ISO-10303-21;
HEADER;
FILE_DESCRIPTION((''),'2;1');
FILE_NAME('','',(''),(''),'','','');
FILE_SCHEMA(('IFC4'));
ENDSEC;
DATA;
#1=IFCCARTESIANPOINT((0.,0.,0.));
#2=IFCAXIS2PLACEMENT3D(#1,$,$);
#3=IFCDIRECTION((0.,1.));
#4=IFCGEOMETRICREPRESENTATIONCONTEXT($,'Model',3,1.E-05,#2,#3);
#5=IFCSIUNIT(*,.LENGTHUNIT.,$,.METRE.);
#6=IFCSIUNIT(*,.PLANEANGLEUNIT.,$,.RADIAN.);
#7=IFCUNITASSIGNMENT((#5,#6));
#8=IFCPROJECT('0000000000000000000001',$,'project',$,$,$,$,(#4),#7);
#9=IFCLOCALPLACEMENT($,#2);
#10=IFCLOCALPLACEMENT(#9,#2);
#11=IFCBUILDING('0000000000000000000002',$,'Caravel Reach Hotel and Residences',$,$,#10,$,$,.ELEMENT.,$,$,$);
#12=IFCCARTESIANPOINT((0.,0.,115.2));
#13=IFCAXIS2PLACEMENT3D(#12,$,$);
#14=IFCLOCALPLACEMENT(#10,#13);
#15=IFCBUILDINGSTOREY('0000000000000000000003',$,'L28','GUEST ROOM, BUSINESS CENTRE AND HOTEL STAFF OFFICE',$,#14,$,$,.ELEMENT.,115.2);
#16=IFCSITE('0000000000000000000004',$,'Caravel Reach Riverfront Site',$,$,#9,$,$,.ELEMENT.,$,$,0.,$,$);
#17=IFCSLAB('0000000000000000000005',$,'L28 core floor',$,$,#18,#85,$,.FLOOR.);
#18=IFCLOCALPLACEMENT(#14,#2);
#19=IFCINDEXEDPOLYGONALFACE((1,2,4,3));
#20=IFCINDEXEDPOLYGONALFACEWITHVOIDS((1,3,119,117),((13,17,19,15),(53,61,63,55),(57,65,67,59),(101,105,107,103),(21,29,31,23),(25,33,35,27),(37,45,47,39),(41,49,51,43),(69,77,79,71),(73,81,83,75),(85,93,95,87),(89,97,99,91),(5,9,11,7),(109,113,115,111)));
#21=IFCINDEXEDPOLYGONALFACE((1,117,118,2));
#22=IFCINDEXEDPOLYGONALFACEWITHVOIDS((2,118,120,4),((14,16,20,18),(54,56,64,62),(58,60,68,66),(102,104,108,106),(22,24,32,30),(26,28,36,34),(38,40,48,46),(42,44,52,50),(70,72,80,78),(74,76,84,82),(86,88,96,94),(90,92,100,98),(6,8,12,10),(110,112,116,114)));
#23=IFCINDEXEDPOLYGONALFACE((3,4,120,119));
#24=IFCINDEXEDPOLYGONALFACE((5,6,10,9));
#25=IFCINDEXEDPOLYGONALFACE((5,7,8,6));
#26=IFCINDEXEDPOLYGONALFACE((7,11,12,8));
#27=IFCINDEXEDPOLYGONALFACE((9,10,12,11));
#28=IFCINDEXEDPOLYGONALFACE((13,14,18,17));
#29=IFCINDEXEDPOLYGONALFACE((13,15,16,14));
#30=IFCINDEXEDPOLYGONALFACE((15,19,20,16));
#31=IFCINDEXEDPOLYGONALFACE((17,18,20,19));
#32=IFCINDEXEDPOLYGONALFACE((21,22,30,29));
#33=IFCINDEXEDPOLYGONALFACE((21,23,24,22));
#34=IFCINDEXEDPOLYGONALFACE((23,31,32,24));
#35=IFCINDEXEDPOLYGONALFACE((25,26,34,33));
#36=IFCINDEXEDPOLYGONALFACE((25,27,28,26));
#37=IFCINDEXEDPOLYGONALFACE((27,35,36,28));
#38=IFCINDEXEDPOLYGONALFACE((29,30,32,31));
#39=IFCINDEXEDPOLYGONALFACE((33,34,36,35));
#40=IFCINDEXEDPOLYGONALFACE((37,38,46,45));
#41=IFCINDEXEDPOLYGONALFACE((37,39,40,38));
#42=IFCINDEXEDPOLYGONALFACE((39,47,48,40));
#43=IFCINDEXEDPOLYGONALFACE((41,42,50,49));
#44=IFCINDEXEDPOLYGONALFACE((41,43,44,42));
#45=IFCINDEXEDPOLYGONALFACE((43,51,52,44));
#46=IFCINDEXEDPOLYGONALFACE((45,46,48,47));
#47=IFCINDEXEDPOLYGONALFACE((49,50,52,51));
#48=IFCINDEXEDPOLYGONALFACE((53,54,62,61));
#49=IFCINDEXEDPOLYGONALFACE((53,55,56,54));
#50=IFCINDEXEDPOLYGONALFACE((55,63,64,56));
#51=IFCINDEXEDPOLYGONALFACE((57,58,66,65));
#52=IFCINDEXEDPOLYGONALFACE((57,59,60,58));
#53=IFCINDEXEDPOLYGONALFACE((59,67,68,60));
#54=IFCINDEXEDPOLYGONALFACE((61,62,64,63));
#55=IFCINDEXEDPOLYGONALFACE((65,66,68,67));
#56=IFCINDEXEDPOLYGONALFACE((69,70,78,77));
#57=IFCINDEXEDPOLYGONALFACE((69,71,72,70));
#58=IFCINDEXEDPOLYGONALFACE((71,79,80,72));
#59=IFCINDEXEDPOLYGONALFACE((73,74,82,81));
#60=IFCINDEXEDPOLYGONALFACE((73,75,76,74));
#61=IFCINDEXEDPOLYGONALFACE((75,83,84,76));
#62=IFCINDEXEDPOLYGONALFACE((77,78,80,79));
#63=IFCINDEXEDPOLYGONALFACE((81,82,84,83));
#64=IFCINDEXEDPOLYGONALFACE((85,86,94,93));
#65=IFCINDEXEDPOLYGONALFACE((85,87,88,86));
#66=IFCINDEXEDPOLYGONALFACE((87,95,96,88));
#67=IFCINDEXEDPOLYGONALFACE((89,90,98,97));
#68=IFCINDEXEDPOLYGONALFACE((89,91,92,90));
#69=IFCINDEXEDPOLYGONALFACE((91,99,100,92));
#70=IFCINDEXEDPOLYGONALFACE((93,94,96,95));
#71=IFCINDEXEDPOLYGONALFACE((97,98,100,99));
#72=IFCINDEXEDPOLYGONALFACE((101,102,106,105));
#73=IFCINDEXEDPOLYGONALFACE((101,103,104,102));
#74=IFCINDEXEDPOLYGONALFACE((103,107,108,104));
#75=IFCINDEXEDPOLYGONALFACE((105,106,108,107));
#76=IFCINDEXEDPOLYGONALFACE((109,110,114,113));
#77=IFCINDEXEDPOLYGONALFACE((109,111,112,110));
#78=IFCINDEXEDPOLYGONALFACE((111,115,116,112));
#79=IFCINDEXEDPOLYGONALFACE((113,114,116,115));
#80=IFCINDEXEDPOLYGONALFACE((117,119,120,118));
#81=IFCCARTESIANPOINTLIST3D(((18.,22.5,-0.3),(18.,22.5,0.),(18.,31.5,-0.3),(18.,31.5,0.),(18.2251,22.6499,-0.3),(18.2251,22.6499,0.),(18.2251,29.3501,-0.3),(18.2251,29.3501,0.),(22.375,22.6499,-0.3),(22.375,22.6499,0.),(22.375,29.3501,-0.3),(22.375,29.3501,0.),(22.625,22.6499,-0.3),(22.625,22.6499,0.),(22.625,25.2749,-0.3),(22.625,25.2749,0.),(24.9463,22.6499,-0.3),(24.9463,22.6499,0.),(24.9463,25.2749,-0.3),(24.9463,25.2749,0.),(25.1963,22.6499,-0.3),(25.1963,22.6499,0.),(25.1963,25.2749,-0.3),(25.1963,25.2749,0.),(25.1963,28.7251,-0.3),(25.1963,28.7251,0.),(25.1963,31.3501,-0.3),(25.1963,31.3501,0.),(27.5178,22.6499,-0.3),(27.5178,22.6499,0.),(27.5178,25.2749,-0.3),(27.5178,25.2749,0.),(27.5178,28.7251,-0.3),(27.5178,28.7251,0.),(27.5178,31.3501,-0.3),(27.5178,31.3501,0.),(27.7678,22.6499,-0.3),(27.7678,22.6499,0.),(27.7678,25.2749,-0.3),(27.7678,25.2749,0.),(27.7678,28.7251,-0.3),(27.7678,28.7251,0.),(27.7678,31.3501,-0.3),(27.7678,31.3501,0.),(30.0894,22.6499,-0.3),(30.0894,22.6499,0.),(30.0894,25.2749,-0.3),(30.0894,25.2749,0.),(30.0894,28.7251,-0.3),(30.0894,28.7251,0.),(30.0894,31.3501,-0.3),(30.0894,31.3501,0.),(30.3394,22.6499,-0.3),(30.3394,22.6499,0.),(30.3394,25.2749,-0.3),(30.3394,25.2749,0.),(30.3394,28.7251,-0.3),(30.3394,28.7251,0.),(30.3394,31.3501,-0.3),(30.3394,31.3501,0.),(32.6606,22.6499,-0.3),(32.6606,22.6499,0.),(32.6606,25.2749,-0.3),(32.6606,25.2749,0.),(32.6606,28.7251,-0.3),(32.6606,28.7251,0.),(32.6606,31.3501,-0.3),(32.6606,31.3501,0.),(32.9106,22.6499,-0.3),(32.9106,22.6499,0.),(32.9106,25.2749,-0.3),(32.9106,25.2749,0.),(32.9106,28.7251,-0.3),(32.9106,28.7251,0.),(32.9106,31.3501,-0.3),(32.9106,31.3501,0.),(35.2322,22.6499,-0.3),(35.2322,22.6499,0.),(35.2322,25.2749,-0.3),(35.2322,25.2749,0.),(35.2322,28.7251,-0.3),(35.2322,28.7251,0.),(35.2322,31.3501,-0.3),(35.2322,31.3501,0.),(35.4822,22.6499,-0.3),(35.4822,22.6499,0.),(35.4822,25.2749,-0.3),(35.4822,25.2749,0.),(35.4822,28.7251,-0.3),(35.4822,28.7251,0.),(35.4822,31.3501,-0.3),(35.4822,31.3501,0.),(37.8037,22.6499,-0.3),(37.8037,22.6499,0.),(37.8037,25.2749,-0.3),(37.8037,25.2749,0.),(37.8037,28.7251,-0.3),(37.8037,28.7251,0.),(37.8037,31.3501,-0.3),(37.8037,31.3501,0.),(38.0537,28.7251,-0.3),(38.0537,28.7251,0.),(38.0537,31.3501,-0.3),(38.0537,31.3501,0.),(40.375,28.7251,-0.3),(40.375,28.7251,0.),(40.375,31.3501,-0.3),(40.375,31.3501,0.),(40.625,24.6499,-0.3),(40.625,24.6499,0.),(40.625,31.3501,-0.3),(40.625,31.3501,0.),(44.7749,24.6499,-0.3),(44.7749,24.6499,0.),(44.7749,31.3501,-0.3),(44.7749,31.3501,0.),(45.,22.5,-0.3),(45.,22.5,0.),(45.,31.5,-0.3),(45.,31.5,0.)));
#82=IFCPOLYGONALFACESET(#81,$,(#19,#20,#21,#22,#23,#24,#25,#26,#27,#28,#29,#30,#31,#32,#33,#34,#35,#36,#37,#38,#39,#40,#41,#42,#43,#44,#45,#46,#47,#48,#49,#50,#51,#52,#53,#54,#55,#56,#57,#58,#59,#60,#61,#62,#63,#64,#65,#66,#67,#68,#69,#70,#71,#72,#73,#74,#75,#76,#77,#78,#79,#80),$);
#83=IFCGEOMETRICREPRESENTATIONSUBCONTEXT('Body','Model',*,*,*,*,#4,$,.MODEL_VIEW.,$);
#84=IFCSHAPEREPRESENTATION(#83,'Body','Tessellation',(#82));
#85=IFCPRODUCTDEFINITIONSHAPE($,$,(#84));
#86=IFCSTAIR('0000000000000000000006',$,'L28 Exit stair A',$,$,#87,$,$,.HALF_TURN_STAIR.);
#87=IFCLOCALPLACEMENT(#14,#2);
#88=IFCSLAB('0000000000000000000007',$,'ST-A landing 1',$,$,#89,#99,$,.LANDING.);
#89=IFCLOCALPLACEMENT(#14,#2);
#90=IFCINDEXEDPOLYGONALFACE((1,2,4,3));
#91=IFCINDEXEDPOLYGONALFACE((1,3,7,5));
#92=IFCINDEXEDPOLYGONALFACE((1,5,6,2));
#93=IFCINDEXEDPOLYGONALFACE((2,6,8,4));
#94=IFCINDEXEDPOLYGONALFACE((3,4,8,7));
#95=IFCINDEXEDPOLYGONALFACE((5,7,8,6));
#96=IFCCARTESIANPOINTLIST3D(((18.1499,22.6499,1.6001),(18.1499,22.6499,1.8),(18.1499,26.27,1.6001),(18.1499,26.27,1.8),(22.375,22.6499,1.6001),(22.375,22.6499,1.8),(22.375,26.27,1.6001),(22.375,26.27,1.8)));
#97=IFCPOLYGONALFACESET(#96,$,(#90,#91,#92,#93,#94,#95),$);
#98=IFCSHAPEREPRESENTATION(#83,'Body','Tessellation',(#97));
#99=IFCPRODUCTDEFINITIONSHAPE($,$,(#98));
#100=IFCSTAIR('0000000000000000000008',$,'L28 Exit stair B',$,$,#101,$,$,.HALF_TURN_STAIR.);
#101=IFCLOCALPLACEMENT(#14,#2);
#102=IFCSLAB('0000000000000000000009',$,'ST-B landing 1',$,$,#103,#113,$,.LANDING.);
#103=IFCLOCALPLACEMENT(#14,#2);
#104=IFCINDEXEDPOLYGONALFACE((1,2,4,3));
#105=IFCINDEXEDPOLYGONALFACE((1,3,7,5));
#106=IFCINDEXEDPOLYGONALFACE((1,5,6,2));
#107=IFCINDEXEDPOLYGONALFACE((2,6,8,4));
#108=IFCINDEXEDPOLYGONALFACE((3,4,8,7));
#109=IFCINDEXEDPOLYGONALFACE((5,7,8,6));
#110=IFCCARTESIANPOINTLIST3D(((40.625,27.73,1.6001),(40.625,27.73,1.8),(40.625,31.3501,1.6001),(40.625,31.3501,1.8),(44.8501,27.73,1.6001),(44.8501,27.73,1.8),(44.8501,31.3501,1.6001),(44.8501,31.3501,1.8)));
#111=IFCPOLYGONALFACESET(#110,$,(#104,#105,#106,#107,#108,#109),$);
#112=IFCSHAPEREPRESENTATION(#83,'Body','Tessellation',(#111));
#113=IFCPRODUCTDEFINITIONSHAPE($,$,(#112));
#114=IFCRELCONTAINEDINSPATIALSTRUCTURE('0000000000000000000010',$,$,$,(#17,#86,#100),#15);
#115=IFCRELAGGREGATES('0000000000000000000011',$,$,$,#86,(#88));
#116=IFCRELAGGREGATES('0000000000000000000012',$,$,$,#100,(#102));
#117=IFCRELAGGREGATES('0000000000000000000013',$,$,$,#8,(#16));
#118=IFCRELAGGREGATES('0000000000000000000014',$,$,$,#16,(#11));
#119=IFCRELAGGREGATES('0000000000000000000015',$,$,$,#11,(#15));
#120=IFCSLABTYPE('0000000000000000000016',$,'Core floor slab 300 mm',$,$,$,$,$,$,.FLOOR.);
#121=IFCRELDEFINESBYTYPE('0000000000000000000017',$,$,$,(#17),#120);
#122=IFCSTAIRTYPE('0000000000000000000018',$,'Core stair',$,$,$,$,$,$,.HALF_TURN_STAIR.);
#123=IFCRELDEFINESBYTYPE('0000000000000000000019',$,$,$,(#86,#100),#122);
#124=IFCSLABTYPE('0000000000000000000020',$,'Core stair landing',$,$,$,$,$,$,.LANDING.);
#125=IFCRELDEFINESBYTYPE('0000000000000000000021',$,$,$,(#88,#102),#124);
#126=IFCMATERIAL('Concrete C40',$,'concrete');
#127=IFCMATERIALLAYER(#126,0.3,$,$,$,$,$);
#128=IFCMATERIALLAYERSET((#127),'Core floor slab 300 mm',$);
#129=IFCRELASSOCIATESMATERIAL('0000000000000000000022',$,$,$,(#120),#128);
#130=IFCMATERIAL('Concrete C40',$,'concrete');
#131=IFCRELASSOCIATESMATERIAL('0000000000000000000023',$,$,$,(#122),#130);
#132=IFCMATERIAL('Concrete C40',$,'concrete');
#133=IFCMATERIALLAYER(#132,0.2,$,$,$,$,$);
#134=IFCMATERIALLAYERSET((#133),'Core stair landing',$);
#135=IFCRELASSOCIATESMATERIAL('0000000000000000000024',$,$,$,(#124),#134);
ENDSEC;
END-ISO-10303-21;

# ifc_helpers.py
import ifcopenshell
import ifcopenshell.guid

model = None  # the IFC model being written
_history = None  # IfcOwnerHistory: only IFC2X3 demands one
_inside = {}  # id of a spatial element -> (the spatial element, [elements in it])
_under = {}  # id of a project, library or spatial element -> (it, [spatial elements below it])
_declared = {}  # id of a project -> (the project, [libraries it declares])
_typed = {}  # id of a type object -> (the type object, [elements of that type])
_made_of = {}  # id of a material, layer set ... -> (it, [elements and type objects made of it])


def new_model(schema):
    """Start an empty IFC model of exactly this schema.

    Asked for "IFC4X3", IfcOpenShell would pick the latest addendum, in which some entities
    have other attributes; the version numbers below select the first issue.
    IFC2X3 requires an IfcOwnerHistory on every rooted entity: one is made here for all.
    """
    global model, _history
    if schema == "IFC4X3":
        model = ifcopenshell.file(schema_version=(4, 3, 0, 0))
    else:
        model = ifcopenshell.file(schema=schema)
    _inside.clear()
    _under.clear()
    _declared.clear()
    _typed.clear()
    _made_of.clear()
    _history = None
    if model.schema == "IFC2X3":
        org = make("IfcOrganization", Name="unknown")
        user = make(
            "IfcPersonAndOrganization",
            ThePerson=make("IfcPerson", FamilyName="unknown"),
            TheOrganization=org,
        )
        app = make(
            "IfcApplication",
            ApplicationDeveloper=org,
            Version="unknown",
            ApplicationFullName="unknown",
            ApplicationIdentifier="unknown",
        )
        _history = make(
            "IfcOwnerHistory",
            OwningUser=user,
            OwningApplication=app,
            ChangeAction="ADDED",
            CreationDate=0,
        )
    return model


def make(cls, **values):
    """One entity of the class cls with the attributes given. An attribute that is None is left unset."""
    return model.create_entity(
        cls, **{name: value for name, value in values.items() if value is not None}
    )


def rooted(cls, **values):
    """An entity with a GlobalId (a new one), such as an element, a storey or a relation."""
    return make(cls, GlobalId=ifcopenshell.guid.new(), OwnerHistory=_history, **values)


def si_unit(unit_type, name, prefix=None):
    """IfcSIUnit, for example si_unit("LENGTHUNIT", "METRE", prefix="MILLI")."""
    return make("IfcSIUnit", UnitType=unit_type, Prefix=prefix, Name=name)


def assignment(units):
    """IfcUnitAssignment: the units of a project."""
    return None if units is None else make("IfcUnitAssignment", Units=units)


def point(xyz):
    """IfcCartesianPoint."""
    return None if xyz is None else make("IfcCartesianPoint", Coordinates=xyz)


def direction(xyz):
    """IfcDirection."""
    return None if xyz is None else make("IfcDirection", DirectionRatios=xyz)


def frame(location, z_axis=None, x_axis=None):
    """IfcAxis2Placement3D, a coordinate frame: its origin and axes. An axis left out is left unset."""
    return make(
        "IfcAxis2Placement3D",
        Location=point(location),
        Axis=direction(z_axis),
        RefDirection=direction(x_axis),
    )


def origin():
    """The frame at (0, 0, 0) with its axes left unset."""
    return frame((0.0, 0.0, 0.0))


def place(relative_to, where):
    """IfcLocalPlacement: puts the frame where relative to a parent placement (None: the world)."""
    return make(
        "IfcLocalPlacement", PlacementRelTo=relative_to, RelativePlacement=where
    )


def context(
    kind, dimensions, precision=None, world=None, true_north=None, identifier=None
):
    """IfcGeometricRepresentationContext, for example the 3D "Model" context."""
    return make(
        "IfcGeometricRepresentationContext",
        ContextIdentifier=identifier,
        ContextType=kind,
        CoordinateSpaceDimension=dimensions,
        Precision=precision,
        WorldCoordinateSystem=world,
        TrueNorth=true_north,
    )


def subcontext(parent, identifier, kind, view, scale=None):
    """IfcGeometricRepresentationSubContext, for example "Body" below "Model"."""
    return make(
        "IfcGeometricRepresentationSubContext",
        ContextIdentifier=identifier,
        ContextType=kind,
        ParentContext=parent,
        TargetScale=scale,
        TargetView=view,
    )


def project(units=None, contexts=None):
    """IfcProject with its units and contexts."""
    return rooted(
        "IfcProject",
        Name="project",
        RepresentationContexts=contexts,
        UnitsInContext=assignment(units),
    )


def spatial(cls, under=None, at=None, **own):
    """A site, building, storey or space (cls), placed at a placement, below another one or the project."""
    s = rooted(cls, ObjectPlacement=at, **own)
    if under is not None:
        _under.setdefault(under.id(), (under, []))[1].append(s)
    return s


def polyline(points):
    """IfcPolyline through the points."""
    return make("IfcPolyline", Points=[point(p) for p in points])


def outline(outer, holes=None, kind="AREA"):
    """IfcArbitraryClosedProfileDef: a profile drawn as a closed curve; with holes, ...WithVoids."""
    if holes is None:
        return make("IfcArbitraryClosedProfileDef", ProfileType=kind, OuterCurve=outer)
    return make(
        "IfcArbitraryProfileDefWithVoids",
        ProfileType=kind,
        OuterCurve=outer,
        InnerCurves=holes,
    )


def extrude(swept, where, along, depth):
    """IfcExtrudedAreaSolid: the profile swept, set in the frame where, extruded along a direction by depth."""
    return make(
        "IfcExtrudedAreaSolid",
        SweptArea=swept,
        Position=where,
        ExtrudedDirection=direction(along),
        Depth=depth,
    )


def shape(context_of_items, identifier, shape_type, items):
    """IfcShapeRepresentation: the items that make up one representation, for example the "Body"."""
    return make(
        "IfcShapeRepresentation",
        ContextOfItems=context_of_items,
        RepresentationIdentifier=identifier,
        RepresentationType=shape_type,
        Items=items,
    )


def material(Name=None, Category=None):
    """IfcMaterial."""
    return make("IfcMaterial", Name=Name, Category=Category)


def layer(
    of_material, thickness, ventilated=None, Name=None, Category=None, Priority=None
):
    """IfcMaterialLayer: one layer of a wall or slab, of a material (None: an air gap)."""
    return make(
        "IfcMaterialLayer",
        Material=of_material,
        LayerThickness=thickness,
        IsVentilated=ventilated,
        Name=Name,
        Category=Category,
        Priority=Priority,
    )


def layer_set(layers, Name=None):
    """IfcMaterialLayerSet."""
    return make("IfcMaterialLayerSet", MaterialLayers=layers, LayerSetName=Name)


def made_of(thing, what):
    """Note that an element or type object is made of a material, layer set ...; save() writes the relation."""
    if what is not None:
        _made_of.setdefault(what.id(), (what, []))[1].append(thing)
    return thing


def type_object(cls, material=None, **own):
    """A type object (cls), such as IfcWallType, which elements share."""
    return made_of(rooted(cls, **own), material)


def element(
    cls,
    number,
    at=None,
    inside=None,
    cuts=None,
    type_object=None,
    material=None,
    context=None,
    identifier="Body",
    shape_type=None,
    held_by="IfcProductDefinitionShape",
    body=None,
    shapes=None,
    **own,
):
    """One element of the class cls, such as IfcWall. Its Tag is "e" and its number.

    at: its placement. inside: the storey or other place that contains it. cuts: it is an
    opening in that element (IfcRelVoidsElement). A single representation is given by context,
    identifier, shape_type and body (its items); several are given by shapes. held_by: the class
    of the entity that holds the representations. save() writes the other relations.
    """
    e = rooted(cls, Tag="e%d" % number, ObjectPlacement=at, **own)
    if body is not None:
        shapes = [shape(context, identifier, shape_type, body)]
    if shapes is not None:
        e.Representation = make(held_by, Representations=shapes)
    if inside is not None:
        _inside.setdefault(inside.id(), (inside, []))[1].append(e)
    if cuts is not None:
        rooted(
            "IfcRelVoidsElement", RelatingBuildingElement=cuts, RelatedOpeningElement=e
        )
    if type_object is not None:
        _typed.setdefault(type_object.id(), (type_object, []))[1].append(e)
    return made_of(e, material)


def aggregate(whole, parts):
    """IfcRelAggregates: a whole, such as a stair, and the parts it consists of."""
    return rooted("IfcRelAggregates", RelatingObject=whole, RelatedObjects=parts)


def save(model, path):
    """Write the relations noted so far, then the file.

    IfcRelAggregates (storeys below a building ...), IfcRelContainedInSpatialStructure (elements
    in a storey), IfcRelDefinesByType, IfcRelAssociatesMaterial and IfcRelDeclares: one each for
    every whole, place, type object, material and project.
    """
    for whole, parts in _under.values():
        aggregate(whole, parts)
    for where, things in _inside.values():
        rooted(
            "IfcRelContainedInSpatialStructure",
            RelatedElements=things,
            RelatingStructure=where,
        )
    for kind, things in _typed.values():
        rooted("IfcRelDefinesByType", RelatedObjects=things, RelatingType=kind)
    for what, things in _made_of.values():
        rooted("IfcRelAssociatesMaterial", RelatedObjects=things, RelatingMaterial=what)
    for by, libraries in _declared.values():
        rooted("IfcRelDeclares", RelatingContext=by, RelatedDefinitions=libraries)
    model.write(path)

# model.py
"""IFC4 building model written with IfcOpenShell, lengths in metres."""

from ifc_helpers import new_model, si_unit, direction, frame, origin, place, context, subcontext, project, spatial, polyline, outline, extrude, material, layer, layer_set, type_object, element, aggregate, save


model = new_model("IFC4")

# Units and contexts
model_context = context("Model", 3, precision=1e-05, world=origin(), true_north=direction((0.0, 1.0)))
body_context = subcontext(model_context, "Body", "Model", "MODEL_VIEW")
ifc_project = project(units=[si_unit("LENGTHUNIT", "METRE"), si_unit("PLANEANGLEUNIT", "RADIAN")], contexts=[model_context])

# Site, building, storey
site_placement = place(None, origin())
site = spatial("IfcSite", under=ifc_project, at=site_placement, Name="Caravel Reach Riverfront Site", CompositionType="ELEMENT", RefElevation=0.0)
building_placement = place(site_placement, origin())
building = spatial("IfcBuilding", under=site, at=building_placement, Name="Caravel Reach Hotel and Residences", CompositionType="ELEMENT")
storey_placement = place(building_placement, frame((0.0, 0.0, 115.2)))
storey = spatial("IfcBuildingStorey", under=building, at=storey_placement, Name="L28", Description="GUEST ROOM, BUSINESS CENTRE AND HOTEL STAFF OFFICE", CompositionType="ELEMENT", Elevation=115.2)

# Slab
ifc_material_1 = material(Name="Concrete C40", Category="concrete")
ifc_layer_1 = layer(ifc_material_1, 0.3)
ifc_layer_set_1 = layer_set([ifc_layer_1], Name="Core floor slab 300 mm")
slab_type_1 = type_object("IfcSlabType", Name="Core floor slab 300 mm", PredefinedType="FLOOR", material=ifc_layer_set_1)
slab_1_placement = place(storey_placement, frame((0.0, 0.0, -0.3)))
element("IfcSlab", 1, at=slab_1_placement, inside=storey, type_object=slab_type_1, Name="L28 core floor", PredefinedType="FLOOR", context=body_context, shape_type="SweptSolid", body=[
    extrude(outline(polyline([(18.0, 31.5), (45.0, 31.5), (45.0, 22.5), (18.0, 22.5), (18.0, 31.5)]), holes=[polyline([(22.625, 25.2749), (22.625, 22.6499), (24.9463, 22.6499), (24.9463, 25.2749), (22.625, 25.2749)]), polyline([(27.5178, 25.2749), (25.1963, 25.2749), (25.1963, 22.6499), (27.5178, 22.6499), (27.5178, 25.2749)]), polyline([(30.0894, 25.2749), (27.7678, 25.2749), (27.7678, 22.6499), (30.0894, 22.6499), (30.0894, 25.2749)]), polyline([(32.6606, 25.2749), (30.3394, 25.2749), (30.3394, 22.6499), (32.6606, 22.6499), (32.6606, 25.2749)]), polyline([(18.2251, 22.6499), (22.375, 22.6499), (22.375, 29.3501), (18.2251, 29.3501), (18.2251, 22.6499)]), polyline([(27.5178, 31.3501), (25.1963, 31.3501), (25.1963, 28.7251), (27.5178, 28.7251), (27.5178, 31.3501)]), polyline([(30.0894, 31.3501), (27.7678, 31.3501), (27.7678, 28.7251), (30.0894, 28.7251), (30.0894, 31.3501)]), polyline([(32.9106, 25.2749), (32.9106, 22.6499), (35.2322, 22.6499), (35.2322, 25.2749), (32.9106, 25.2749)]), polyline([(37.8037, 25.2749), (35.4822, 25.2749), (35.4822, 22.6499), (37.8037, 22.6499), (37.8037, 25.2749)]), polyline([(44.7749, 31.3501), (40.625, 31.3501), (40.625, 24.6499), (44.7749, 24.6499), (44.7749, 31.3501)]), polyline([(32.6606, 31.3501), (30.3394, 31.3501), (30.3394, 28.7251), (32.6606, 28.7251), (32.6606, 31.3501)]), polyline([(35.2322, 31.3501), (32.9106, 31.3501), (32.9106, 28.7251), (35.2322, 28.7251), (35.2322, 31.3501)]), polyline([(37.8037, 31.3501), (35.4822, 31.3501), (35.4822, 28.7251), (37.8037, 28.7251), (37.8037, 31.3501)]), polyline([(40.375, 31.3501), (38.0537, 31.3501), (38.0537, 28.7251), (40.375, 28.7251), (40.375, 31.3501)])]), origin(), (0.0, 0.0, 1.0), 0.3),
])

# Stairs, slabs
ifc_material_2 = material(Name="Concrete C40", Category="concrete")
stair_type = type_object("IfcStairType", Name="Core stair", PredefinedType="HALF_TURN_STAIR", material=ifc_material_2)
stair_1_placement = place(storey_placement, origin())
stair_1 = element("IfcStair", 2, at=stair_1_placement, inside=storey, type_object=stair_type, Name="L28 Exit stair A", PredefinedType="HALF_TURN_STAIR")
ifc_material_3 = material(Name="Concrete C40", Category="concrete")
ifc_layer_2 = layer(ifc_material_3, 0.2)
ifc_layer_set_2 = layer_set([ifc_layer_2], Name="Core stair landing")
slab_type_2 = type_object("IfcSlabType", Name="Core stair landing", PredefinedType="LANDING", material=ifc_layer_set_2)
slab_2_placement = place(storey_placement, frame((0.0, 0.0, 1.6001)))
slab_2 = element("IfcSlab", 3, at=slab_2_placement, type_object=slab_type_2, Name="ST-A landing 1", PredefinedType="LANDING", context=body_context, shape_type="SweptSolid", body=[
    extrude(outline(polyline([(18.1499, 26.27), (18.1499, 22.6499), (22.375, 22.6499), (22.375, 26.27), (18.1499, 26.27)])), origin(), (0.0, 0.0, 1.0), 0.2),
])
aggregate(stair_1, [slab_2])
stair_2_placement = place(storey_placement, origin())
stair_2 = element("IfcStair", 4, at=stair_2_placement, inside=storey, type_object=stair_type, Name="L28 Exit stair B", PredefinedType="HALF_TURN_STAIR")
slab_3_placement = place(storey_placement, frame((0.0, 0.0, 1.6001)))
slab_3 = element("IfcSlab", 5, at=slab_3_placement, type_object=slab_type_2, Name="ST-B landing 1", PredefinedType="LANDING", context=body_context, shape_type="SweptSolid", body=[
    extrude(outline(polyline([(44.8501, 27.73), (44.8501, 31.3501), (40.625, 31.3501), (40.625, 27.73), (44.8501, 27.73)])), origin(), (0.0, 0.0, 1.0), 0.2),
])
aggregate(stair_2, [slab_3])

save(model, "model.ifc")
